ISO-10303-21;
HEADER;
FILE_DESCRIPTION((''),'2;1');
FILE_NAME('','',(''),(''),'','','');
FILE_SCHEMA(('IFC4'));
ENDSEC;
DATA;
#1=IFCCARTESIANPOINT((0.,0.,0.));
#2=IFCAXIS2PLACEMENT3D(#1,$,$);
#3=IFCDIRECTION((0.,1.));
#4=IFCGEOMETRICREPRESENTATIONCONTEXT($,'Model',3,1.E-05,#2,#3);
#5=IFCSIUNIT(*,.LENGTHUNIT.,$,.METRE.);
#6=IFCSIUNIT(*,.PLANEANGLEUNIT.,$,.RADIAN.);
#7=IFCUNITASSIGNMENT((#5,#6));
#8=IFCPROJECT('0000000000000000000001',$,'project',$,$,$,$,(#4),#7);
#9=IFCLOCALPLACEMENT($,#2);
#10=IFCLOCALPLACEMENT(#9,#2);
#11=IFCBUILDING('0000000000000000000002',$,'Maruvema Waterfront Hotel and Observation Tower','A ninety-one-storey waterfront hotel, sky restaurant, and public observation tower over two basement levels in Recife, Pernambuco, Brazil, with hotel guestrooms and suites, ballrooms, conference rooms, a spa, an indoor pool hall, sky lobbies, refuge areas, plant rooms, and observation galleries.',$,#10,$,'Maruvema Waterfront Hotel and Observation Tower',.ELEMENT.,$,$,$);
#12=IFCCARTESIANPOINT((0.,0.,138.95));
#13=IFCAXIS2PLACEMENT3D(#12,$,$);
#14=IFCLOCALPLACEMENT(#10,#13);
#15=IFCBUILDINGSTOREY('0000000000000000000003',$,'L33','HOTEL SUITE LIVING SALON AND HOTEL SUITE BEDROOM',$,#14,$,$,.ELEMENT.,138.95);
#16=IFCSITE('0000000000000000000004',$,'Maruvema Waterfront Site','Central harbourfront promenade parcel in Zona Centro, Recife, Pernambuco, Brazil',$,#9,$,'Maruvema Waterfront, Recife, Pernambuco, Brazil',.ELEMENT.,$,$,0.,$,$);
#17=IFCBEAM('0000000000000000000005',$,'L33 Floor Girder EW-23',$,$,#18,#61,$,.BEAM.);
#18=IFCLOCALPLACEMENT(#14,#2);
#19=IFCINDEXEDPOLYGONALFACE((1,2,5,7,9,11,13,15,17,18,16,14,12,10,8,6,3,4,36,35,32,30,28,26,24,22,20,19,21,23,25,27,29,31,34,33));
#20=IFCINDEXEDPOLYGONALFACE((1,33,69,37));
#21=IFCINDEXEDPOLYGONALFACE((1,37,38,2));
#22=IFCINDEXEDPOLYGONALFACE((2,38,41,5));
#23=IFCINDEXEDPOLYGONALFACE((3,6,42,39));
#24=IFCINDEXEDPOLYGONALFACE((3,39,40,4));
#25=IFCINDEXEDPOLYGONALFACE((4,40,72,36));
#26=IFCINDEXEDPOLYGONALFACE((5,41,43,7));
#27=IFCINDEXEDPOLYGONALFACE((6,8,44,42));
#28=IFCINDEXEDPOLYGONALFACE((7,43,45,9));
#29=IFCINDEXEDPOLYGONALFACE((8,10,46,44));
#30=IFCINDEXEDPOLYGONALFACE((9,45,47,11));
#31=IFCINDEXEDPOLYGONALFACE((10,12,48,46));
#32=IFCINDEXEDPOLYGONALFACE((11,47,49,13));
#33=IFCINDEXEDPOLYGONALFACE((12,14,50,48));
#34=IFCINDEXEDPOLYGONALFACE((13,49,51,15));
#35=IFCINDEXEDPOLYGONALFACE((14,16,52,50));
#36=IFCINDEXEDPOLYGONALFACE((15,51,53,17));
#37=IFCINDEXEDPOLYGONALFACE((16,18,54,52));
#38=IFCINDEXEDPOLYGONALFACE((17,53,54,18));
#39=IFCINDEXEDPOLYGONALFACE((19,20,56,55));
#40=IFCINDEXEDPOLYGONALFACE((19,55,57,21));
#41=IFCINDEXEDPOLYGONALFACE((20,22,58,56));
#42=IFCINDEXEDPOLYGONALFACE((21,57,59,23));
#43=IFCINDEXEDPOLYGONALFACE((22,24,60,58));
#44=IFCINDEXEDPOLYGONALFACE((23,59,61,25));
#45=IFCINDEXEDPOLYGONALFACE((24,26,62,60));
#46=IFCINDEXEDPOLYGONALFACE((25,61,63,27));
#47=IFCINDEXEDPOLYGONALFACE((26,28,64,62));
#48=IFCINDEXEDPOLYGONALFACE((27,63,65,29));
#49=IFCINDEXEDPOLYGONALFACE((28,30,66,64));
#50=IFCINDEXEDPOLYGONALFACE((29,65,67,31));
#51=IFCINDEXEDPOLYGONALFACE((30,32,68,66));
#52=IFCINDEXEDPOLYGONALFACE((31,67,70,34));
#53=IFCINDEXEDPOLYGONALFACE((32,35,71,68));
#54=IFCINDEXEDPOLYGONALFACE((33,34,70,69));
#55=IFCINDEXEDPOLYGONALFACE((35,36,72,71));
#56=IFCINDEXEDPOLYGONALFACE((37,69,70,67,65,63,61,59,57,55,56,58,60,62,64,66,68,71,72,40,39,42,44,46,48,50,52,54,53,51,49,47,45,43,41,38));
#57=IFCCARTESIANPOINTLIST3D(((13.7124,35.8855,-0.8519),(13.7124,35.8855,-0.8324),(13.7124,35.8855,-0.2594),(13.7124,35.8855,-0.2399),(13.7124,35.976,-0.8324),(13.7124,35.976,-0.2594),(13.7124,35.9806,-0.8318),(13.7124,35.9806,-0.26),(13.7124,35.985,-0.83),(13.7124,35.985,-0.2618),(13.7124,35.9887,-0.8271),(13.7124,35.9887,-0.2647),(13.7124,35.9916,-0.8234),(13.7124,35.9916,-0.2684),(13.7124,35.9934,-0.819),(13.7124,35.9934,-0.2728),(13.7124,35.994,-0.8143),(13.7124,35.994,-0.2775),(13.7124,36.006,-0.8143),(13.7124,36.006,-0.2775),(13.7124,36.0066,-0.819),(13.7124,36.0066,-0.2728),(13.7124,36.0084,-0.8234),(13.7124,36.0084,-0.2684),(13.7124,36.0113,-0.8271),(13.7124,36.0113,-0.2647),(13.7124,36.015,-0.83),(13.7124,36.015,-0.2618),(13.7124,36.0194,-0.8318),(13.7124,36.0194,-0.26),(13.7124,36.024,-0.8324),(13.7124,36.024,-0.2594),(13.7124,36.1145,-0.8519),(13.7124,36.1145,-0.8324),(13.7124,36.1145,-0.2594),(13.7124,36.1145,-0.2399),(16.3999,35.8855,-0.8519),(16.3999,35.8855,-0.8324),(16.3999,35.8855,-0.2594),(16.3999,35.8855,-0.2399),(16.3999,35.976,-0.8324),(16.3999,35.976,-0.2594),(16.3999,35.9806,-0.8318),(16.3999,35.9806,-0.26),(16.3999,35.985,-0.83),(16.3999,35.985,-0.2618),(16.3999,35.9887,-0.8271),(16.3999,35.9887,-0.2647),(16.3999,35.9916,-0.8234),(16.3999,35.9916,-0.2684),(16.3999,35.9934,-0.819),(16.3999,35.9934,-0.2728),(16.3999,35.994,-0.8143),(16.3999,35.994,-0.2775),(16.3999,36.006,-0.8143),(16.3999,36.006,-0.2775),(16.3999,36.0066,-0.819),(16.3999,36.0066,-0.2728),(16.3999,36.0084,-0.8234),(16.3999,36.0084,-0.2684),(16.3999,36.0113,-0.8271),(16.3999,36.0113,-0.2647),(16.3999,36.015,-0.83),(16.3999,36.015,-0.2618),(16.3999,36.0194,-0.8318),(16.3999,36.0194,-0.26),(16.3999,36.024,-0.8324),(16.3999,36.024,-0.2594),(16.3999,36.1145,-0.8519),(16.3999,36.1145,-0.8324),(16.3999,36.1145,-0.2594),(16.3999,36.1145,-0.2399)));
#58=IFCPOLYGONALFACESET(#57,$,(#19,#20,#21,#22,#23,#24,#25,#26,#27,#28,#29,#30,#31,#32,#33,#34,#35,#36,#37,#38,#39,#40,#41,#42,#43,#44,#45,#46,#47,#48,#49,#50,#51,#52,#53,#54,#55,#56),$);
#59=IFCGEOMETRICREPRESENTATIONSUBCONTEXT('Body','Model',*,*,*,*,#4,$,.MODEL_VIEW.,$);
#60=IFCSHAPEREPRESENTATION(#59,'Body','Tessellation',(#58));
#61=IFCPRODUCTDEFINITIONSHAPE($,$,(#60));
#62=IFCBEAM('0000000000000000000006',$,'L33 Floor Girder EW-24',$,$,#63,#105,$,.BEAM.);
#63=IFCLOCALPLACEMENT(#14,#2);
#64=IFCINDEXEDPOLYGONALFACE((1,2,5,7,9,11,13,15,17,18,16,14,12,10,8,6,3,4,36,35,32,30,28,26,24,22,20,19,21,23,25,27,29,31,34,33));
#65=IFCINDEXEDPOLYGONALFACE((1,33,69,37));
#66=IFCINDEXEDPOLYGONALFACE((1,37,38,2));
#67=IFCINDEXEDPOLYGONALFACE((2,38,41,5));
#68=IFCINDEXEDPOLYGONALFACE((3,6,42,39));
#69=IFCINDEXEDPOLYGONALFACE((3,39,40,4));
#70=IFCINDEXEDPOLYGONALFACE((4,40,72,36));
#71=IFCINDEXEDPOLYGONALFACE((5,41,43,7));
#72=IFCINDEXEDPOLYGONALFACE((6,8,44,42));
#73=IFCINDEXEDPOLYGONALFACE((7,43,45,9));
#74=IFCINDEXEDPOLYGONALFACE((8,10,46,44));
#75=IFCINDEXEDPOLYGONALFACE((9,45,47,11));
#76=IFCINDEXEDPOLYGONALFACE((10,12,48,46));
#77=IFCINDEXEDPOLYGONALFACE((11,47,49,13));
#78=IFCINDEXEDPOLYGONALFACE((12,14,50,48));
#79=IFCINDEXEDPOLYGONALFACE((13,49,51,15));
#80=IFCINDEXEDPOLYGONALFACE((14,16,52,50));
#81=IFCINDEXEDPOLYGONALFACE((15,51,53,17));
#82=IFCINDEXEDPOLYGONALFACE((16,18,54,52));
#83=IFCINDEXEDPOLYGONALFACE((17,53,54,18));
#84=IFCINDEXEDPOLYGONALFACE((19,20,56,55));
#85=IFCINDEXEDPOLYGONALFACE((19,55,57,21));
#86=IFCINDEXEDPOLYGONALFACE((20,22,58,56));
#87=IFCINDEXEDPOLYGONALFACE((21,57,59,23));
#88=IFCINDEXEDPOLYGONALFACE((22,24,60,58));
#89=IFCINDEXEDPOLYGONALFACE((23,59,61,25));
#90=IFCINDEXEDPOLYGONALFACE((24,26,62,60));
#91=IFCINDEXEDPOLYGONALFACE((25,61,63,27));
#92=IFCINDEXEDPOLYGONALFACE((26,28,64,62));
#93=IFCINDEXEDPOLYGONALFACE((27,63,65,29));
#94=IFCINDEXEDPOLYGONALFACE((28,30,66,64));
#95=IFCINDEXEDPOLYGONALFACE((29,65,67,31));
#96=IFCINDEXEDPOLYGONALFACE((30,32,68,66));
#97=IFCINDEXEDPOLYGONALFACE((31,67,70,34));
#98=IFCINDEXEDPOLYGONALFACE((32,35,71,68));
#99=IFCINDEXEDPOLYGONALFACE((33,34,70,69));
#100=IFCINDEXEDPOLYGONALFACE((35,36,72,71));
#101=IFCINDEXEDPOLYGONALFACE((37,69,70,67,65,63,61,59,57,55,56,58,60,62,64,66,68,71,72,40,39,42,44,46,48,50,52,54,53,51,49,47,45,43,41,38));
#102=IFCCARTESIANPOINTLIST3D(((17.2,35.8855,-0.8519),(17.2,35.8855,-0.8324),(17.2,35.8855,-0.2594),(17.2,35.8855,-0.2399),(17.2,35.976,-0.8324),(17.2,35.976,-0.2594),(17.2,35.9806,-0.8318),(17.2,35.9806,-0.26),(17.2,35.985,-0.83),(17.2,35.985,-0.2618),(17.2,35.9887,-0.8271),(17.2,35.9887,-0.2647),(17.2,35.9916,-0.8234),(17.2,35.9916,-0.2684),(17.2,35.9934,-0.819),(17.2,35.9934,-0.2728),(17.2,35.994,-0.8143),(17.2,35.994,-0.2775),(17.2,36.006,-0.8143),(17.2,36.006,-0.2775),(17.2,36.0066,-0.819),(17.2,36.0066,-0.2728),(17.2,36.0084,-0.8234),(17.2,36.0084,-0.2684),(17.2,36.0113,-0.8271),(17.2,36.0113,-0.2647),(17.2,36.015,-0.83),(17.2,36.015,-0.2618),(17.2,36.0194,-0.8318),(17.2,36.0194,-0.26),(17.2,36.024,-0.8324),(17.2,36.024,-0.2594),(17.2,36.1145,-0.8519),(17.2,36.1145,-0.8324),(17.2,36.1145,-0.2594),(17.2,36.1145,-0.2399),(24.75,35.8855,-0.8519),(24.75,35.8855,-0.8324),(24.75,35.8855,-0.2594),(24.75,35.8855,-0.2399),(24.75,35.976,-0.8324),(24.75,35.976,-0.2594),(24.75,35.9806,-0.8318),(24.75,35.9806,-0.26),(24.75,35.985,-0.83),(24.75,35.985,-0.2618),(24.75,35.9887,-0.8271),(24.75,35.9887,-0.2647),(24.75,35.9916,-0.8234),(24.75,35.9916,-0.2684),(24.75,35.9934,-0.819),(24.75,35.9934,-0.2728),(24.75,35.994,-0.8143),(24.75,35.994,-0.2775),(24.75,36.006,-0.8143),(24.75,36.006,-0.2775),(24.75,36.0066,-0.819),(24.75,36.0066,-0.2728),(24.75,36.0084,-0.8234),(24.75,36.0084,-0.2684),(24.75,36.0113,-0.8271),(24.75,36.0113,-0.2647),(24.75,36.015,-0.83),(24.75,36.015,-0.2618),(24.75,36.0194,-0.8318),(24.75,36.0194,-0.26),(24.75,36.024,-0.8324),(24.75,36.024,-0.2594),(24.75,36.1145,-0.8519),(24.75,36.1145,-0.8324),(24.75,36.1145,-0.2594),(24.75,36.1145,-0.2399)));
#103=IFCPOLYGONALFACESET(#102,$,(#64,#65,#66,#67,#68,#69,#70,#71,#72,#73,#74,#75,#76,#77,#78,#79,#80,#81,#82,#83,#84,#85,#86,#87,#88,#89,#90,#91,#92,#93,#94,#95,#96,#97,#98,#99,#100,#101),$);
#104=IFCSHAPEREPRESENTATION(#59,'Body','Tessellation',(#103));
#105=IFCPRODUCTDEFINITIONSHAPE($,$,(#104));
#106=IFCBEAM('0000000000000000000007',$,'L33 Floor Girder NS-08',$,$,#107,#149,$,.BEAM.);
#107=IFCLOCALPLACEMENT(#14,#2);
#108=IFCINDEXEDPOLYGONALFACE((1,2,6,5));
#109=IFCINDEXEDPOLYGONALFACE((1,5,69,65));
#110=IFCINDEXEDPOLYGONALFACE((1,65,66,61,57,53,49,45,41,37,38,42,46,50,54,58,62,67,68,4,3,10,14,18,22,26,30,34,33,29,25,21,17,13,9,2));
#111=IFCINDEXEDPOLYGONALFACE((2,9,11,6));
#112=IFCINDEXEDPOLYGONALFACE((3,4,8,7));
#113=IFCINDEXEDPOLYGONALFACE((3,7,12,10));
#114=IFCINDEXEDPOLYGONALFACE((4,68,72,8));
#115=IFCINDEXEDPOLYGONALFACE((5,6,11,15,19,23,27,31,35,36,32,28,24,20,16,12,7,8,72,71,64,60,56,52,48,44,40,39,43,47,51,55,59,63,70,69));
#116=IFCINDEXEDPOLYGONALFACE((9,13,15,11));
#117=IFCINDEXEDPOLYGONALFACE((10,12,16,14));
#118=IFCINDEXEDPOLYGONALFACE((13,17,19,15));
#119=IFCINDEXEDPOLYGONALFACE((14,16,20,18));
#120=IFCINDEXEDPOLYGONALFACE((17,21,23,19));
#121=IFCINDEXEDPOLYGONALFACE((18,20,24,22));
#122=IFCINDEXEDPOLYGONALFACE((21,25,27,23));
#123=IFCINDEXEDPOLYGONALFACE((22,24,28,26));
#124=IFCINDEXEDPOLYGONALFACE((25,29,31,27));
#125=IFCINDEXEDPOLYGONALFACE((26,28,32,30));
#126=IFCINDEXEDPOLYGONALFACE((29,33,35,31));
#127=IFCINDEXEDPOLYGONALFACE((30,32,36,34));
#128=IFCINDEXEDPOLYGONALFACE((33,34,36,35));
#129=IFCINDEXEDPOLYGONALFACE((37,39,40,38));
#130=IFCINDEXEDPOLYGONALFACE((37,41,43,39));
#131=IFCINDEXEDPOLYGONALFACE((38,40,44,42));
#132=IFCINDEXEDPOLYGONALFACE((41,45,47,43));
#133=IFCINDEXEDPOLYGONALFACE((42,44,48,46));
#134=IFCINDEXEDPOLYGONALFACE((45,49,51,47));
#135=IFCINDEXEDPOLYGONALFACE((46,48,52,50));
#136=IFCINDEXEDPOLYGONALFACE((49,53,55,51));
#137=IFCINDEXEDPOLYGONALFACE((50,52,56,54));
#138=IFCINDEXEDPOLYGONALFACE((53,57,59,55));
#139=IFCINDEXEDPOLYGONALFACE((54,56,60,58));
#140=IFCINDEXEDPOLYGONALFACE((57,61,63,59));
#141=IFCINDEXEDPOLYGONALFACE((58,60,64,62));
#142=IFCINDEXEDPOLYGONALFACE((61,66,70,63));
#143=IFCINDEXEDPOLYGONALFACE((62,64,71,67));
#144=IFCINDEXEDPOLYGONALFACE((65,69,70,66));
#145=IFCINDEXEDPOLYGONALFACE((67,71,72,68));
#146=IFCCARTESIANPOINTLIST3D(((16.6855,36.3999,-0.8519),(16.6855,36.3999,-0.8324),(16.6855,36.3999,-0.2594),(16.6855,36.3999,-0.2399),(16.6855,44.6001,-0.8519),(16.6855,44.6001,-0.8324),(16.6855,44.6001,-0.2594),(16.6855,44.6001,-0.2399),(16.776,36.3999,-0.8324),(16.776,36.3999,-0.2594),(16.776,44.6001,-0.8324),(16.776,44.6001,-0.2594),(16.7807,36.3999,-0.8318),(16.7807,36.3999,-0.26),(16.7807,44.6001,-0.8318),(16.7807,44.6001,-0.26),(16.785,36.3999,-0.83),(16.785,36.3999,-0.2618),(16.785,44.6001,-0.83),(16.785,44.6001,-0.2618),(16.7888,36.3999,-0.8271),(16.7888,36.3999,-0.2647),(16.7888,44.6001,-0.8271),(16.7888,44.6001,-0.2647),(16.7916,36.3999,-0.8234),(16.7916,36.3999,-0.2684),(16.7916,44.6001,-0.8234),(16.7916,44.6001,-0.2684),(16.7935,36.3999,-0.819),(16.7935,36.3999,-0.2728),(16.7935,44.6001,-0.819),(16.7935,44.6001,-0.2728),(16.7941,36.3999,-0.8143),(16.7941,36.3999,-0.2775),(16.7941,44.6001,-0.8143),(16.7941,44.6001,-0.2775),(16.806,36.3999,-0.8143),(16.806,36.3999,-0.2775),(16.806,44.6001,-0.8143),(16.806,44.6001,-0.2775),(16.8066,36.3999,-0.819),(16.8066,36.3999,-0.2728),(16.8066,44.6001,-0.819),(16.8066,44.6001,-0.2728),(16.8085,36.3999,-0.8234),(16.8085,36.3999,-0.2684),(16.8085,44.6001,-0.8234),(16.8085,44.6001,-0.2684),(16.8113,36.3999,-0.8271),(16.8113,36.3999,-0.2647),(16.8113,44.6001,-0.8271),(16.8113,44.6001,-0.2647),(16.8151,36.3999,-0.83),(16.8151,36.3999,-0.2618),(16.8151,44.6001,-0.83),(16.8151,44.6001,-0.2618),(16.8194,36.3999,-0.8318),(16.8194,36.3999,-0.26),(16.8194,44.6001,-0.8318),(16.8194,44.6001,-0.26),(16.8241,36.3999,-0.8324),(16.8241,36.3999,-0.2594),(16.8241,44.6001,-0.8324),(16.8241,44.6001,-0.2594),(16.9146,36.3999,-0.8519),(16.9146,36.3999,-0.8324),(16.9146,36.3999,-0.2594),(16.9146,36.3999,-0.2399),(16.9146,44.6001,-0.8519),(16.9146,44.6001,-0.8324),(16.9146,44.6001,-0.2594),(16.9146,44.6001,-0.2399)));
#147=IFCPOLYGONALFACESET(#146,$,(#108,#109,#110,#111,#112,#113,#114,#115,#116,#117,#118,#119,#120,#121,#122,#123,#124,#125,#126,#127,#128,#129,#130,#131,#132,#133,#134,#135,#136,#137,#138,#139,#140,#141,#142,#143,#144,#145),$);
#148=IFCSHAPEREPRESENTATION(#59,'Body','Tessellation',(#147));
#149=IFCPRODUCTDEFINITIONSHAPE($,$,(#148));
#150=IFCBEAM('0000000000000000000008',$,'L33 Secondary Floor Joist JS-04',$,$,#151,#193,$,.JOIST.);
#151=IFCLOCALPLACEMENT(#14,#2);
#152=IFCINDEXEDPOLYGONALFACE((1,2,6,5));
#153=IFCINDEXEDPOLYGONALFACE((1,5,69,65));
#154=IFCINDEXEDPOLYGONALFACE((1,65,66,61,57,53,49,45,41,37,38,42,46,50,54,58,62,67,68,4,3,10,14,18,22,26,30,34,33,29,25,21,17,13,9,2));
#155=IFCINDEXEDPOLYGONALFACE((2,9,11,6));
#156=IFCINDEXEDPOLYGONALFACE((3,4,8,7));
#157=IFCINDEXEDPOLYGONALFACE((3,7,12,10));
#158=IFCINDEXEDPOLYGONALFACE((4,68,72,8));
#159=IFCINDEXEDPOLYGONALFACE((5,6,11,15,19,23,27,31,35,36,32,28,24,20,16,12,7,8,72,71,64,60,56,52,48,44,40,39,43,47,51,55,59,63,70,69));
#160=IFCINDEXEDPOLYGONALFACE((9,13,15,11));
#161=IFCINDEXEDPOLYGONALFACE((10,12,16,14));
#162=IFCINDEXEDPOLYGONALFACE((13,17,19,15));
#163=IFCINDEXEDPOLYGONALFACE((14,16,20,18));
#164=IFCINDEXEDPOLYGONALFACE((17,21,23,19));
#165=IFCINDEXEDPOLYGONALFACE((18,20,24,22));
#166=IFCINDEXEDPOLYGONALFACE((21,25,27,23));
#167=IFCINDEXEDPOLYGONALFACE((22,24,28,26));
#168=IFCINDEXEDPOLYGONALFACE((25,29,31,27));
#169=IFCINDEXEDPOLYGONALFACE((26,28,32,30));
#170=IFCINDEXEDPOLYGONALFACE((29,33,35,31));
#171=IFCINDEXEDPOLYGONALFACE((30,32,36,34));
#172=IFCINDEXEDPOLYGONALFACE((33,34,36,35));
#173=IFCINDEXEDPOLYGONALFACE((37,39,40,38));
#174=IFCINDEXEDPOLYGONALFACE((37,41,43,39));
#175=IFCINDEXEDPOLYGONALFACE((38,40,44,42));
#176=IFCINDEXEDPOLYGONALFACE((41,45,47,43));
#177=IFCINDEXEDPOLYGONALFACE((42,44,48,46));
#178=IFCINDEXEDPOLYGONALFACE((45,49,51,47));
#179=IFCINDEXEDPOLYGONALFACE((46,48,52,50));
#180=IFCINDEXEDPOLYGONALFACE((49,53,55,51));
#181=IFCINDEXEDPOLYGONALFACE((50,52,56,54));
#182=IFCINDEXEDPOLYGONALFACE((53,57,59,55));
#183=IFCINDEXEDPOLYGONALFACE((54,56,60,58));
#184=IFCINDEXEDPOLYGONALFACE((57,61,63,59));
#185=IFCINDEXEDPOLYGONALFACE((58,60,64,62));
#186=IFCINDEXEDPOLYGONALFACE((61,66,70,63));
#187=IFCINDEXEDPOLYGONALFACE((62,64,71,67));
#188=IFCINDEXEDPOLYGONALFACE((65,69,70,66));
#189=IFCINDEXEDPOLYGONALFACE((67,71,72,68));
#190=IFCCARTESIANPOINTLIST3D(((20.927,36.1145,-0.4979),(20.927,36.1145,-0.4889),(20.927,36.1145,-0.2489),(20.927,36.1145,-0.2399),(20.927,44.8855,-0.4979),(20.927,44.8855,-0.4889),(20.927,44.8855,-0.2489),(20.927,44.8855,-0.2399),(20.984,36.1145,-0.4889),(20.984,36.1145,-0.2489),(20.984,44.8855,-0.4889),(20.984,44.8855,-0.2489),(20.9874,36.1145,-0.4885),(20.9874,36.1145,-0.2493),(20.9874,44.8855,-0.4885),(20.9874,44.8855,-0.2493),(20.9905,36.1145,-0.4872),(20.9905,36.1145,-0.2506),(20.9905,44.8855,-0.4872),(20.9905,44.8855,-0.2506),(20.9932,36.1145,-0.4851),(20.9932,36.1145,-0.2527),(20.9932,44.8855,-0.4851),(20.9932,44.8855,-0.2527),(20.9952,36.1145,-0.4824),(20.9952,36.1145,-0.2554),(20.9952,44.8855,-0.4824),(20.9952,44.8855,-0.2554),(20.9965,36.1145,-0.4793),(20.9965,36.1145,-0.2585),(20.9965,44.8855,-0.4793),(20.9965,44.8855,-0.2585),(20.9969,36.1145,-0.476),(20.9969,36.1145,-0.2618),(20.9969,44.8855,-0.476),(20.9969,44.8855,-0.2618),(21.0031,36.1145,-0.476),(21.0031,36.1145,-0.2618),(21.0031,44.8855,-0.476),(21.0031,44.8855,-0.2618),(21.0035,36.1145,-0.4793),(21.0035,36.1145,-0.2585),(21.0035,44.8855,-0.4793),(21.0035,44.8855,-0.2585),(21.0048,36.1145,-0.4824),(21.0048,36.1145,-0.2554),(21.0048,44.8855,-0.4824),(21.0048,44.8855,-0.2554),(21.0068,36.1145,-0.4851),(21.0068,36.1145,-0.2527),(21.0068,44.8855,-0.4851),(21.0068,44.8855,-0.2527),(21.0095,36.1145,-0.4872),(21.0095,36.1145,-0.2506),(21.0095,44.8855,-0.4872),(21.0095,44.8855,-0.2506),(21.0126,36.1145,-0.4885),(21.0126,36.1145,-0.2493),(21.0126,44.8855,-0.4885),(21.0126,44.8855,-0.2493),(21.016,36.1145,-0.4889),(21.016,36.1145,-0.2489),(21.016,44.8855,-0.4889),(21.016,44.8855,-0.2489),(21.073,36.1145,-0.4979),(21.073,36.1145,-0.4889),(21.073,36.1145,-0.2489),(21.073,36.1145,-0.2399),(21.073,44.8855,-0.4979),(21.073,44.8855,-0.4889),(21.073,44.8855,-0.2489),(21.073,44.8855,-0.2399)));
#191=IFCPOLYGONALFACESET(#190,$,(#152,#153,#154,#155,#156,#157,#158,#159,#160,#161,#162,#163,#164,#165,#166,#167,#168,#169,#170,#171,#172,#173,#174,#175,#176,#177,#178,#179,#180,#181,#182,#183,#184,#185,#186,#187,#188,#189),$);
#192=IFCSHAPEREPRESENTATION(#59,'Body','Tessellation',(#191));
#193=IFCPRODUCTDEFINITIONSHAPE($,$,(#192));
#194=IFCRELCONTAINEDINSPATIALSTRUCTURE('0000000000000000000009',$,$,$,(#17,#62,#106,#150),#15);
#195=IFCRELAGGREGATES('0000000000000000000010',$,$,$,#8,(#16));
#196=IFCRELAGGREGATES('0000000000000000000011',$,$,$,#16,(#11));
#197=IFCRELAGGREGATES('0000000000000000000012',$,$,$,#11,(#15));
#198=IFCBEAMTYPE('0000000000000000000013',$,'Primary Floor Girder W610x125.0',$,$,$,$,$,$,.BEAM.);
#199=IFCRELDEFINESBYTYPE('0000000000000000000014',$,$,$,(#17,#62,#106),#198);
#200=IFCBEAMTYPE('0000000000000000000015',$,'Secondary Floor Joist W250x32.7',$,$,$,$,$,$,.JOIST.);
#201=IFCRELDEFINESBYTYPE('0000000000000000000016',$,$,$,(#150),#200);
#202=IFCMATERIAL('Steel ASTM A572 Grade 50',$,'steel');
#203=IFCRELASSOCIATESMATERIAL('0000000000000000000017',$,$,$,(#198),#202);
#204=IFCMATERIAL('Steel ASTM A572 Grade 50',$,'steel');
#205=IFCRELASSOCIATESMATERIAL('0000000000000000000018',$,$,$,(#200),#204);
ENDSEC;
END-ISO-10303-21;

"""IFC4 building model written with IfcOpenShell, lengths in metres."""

from ifc_helpers import new_model, si_unit, direction, frame, origin, origin_2d, place, context, subcontext, project, spatial, i_section, extrude, material, material_profile, profile_set, type_object, element, save


model = new_model("IFC4")

# Units and contexts
model_context = context("Model", 3, precision=1e-05, world=origin(), true_north=direction((0.0, 1.0)))
body_context = subcontext(model_context, "Body", "Model", "MODEL_VIEW")
ifc_project = project(units=[si_unit("LENGTHUNIT", "METRE"), si_unit("PLANEANGLEUNIT", "RADIAN")], contexts=[model_context])

# Site, building, storey
site_placement = place(None, origin())
site = spatial("IfcSite", under=ifc_project, at=site_placement, Name="Maruvema Waterfront Site", Description="Central harbourfront promenade parcel in Zona Centro, Recife, Pernambuco, Brazil", LongName="Maruvema Waterfront, Recife, Pernambuco, Brazil", CompositionType="ELEMENT", RefElevation=0.0)
building_placement = place(site_placement, origin())
building = spatial("IfcBuilding", under=site, at=building_placement, Name="Maruvema Waterfront Hotel and Observation Tower", Description="A ninety-one-storey waterfront hotel, sky restaurant, and public observation tower over two basement levels in Recife, Pernambuco, Brazil, with hotel guestrooms and suites, ballrooms, conference rooms, a spa, an indoor pool hall, sky lobbies, refuge areas, plant rooms, and observation galleries.", LongName="Maruvema Waterfront Hotel and Observation Tower", CompositionType="ELEMENT")
storey_placement = place(building_placement, frame((0.0, 0.0, 138.95)))
storey = spatial("IfcBuildingStorey", under=building, at=storey_placement, Name="L33", Description="HOTEL SUITE LIVING SALON AND HOTEL SUITE BEDROOM", CompositionType="ELEMENT", Elevation=138.95)

# Beams
ifc_material_1 = material(Name="Steel ASTM A572 Grade 50", Category="steel")
ifc_material_profile_1 = material_profile(ifc_material_1, i_section(OverallWidth=0.229, OverallDepth=0.6121, WebThickness=0.012, FlangeThickness=0.0195, FilletRadius=0.0181, at=origin_2d()), Name="W610x125.0")
ifc_profile_set_1 = profile_set([ifc_material_profile_1], Name="Steel ASTM A572 Grade 50")
beam_type_1 = type_object("IfcBeamType", Name="Primary Floor Girder W610x125.0", PredefinedType="BEAM", material=ifc_profile_set_1)
beam_1_placement = place(storey_placement, frame((13.7124, 36.0, -0.5459), z_axis=(1.0, 0.0, 0.0), x_axis=(0.0, 1.0, 0.0)))
element("IfcBeam", 1, at=beam_1_placement, inside=storey, type_object=beam_type_1, Name="L33 Floor Girder EW-23", PredefinedType="BEAM", context=body_context, shape_type="SweptSolid", body=[
    extrude(i_section(OverallWidth=0.229, OverallDepth=0.6121, WebThickness=0.012, FlangeThickness=0.0195, FilletRadius=0.0181, at=origin_2d()), origin(), (0.0, 0.0, 1.0), 2.6875),
])
beam_2_placement = place(storey_placement, frame((17.2, 36.0, -0.5459), z_axis=(1.0, 0.0, 0.0), x_axis=(0.0, 1.0, 0.0)))
element("IfcBeam", 2, at=beam_2_placement, inside=storey, type_object=beam_type_1, Name="L33 Floor Girder EW-24", PredefinedType="BEAM", context=body_context, shape_type="SweptSolid", body=[
    extrude(i_section(OverallWidth=0.229, OverallDepth=0.6121, WebThickness=0.012, FlangeThickness=0.0195, FilletRadius=0.0181, at=origin_2d()), origin(), (0.0, 0.0, 1.0), 7.55),
])
beam_3_placement = place(storey_placement, frame((16.8, 36.3999, -0.5459), z_axis=(0.0, 1.0, 0.0), x_axis=(-1.0, 0.0, 0.0)))
element("IfcBeam", 3, at=beam_3_placement, inside=storey, type_object=beam_type_1, Name="L33 Floor Girder NS-08", PredefinedType="BEAM", context=body_context, shape_type="SweptSolid", body=[
    extrude(i_section(OverallWidth=0.229, OverallDepth=0.6121, WebThickness=0.012, FlangeThickness=0.0195, FilletRadius=0.0181, at=origin_2d()), origin(), (0.0, 0.0, 1.0), 8.2002),
])
ifc_material_2 = material(Name="Steel ASTM A572 Grade 50", Category="steel")
ifc_material_profile_2 = material_profile(ifc_material_2, i_section(OverallWidth=0.146, OverallDepth=0.2581, WebThickness=0.0061, FlangeThickness=0.009, FilletRadius=0.0129, at=origin_2d()), Name="W250x32.7")
ifc_profile_set_2 = profile_set([ifc_material_profile_2], Name="Steel ASTM A572 Grade 50")
beam_type_2 = type_object("IfcBeamType", Name="Secondary Floor Joist W250x32.7", PredefinedType="JOIST", material=ifc_profile_set_2)
beam_4_placement = place(storey_placement, frame((21.0, 36.1145, -0.3689), z_axis=(0.0, 1.0, 0.0), x_axis=(-1.0, 0.0, 0.0)))
element("IfcBeam", 4, at=beam_4_placement, inside=storey, type_object=beam_type_2, Name="L33 Secondary Floor Joist JS-04", PredefinedType="JOIST", context=body_context, shape_type="SweptSolid", body=[
    extrude(i_section(OverallWidth=0.146, OverallDepth=0.2581, WebThickness=0.0061, FlangeThickness=0.009, FilletRadius=0.0129, at=origin_2d()), origin(), (0.0, 0.0, 1.0), 8.771),
])

save(model, "model.ifc")
